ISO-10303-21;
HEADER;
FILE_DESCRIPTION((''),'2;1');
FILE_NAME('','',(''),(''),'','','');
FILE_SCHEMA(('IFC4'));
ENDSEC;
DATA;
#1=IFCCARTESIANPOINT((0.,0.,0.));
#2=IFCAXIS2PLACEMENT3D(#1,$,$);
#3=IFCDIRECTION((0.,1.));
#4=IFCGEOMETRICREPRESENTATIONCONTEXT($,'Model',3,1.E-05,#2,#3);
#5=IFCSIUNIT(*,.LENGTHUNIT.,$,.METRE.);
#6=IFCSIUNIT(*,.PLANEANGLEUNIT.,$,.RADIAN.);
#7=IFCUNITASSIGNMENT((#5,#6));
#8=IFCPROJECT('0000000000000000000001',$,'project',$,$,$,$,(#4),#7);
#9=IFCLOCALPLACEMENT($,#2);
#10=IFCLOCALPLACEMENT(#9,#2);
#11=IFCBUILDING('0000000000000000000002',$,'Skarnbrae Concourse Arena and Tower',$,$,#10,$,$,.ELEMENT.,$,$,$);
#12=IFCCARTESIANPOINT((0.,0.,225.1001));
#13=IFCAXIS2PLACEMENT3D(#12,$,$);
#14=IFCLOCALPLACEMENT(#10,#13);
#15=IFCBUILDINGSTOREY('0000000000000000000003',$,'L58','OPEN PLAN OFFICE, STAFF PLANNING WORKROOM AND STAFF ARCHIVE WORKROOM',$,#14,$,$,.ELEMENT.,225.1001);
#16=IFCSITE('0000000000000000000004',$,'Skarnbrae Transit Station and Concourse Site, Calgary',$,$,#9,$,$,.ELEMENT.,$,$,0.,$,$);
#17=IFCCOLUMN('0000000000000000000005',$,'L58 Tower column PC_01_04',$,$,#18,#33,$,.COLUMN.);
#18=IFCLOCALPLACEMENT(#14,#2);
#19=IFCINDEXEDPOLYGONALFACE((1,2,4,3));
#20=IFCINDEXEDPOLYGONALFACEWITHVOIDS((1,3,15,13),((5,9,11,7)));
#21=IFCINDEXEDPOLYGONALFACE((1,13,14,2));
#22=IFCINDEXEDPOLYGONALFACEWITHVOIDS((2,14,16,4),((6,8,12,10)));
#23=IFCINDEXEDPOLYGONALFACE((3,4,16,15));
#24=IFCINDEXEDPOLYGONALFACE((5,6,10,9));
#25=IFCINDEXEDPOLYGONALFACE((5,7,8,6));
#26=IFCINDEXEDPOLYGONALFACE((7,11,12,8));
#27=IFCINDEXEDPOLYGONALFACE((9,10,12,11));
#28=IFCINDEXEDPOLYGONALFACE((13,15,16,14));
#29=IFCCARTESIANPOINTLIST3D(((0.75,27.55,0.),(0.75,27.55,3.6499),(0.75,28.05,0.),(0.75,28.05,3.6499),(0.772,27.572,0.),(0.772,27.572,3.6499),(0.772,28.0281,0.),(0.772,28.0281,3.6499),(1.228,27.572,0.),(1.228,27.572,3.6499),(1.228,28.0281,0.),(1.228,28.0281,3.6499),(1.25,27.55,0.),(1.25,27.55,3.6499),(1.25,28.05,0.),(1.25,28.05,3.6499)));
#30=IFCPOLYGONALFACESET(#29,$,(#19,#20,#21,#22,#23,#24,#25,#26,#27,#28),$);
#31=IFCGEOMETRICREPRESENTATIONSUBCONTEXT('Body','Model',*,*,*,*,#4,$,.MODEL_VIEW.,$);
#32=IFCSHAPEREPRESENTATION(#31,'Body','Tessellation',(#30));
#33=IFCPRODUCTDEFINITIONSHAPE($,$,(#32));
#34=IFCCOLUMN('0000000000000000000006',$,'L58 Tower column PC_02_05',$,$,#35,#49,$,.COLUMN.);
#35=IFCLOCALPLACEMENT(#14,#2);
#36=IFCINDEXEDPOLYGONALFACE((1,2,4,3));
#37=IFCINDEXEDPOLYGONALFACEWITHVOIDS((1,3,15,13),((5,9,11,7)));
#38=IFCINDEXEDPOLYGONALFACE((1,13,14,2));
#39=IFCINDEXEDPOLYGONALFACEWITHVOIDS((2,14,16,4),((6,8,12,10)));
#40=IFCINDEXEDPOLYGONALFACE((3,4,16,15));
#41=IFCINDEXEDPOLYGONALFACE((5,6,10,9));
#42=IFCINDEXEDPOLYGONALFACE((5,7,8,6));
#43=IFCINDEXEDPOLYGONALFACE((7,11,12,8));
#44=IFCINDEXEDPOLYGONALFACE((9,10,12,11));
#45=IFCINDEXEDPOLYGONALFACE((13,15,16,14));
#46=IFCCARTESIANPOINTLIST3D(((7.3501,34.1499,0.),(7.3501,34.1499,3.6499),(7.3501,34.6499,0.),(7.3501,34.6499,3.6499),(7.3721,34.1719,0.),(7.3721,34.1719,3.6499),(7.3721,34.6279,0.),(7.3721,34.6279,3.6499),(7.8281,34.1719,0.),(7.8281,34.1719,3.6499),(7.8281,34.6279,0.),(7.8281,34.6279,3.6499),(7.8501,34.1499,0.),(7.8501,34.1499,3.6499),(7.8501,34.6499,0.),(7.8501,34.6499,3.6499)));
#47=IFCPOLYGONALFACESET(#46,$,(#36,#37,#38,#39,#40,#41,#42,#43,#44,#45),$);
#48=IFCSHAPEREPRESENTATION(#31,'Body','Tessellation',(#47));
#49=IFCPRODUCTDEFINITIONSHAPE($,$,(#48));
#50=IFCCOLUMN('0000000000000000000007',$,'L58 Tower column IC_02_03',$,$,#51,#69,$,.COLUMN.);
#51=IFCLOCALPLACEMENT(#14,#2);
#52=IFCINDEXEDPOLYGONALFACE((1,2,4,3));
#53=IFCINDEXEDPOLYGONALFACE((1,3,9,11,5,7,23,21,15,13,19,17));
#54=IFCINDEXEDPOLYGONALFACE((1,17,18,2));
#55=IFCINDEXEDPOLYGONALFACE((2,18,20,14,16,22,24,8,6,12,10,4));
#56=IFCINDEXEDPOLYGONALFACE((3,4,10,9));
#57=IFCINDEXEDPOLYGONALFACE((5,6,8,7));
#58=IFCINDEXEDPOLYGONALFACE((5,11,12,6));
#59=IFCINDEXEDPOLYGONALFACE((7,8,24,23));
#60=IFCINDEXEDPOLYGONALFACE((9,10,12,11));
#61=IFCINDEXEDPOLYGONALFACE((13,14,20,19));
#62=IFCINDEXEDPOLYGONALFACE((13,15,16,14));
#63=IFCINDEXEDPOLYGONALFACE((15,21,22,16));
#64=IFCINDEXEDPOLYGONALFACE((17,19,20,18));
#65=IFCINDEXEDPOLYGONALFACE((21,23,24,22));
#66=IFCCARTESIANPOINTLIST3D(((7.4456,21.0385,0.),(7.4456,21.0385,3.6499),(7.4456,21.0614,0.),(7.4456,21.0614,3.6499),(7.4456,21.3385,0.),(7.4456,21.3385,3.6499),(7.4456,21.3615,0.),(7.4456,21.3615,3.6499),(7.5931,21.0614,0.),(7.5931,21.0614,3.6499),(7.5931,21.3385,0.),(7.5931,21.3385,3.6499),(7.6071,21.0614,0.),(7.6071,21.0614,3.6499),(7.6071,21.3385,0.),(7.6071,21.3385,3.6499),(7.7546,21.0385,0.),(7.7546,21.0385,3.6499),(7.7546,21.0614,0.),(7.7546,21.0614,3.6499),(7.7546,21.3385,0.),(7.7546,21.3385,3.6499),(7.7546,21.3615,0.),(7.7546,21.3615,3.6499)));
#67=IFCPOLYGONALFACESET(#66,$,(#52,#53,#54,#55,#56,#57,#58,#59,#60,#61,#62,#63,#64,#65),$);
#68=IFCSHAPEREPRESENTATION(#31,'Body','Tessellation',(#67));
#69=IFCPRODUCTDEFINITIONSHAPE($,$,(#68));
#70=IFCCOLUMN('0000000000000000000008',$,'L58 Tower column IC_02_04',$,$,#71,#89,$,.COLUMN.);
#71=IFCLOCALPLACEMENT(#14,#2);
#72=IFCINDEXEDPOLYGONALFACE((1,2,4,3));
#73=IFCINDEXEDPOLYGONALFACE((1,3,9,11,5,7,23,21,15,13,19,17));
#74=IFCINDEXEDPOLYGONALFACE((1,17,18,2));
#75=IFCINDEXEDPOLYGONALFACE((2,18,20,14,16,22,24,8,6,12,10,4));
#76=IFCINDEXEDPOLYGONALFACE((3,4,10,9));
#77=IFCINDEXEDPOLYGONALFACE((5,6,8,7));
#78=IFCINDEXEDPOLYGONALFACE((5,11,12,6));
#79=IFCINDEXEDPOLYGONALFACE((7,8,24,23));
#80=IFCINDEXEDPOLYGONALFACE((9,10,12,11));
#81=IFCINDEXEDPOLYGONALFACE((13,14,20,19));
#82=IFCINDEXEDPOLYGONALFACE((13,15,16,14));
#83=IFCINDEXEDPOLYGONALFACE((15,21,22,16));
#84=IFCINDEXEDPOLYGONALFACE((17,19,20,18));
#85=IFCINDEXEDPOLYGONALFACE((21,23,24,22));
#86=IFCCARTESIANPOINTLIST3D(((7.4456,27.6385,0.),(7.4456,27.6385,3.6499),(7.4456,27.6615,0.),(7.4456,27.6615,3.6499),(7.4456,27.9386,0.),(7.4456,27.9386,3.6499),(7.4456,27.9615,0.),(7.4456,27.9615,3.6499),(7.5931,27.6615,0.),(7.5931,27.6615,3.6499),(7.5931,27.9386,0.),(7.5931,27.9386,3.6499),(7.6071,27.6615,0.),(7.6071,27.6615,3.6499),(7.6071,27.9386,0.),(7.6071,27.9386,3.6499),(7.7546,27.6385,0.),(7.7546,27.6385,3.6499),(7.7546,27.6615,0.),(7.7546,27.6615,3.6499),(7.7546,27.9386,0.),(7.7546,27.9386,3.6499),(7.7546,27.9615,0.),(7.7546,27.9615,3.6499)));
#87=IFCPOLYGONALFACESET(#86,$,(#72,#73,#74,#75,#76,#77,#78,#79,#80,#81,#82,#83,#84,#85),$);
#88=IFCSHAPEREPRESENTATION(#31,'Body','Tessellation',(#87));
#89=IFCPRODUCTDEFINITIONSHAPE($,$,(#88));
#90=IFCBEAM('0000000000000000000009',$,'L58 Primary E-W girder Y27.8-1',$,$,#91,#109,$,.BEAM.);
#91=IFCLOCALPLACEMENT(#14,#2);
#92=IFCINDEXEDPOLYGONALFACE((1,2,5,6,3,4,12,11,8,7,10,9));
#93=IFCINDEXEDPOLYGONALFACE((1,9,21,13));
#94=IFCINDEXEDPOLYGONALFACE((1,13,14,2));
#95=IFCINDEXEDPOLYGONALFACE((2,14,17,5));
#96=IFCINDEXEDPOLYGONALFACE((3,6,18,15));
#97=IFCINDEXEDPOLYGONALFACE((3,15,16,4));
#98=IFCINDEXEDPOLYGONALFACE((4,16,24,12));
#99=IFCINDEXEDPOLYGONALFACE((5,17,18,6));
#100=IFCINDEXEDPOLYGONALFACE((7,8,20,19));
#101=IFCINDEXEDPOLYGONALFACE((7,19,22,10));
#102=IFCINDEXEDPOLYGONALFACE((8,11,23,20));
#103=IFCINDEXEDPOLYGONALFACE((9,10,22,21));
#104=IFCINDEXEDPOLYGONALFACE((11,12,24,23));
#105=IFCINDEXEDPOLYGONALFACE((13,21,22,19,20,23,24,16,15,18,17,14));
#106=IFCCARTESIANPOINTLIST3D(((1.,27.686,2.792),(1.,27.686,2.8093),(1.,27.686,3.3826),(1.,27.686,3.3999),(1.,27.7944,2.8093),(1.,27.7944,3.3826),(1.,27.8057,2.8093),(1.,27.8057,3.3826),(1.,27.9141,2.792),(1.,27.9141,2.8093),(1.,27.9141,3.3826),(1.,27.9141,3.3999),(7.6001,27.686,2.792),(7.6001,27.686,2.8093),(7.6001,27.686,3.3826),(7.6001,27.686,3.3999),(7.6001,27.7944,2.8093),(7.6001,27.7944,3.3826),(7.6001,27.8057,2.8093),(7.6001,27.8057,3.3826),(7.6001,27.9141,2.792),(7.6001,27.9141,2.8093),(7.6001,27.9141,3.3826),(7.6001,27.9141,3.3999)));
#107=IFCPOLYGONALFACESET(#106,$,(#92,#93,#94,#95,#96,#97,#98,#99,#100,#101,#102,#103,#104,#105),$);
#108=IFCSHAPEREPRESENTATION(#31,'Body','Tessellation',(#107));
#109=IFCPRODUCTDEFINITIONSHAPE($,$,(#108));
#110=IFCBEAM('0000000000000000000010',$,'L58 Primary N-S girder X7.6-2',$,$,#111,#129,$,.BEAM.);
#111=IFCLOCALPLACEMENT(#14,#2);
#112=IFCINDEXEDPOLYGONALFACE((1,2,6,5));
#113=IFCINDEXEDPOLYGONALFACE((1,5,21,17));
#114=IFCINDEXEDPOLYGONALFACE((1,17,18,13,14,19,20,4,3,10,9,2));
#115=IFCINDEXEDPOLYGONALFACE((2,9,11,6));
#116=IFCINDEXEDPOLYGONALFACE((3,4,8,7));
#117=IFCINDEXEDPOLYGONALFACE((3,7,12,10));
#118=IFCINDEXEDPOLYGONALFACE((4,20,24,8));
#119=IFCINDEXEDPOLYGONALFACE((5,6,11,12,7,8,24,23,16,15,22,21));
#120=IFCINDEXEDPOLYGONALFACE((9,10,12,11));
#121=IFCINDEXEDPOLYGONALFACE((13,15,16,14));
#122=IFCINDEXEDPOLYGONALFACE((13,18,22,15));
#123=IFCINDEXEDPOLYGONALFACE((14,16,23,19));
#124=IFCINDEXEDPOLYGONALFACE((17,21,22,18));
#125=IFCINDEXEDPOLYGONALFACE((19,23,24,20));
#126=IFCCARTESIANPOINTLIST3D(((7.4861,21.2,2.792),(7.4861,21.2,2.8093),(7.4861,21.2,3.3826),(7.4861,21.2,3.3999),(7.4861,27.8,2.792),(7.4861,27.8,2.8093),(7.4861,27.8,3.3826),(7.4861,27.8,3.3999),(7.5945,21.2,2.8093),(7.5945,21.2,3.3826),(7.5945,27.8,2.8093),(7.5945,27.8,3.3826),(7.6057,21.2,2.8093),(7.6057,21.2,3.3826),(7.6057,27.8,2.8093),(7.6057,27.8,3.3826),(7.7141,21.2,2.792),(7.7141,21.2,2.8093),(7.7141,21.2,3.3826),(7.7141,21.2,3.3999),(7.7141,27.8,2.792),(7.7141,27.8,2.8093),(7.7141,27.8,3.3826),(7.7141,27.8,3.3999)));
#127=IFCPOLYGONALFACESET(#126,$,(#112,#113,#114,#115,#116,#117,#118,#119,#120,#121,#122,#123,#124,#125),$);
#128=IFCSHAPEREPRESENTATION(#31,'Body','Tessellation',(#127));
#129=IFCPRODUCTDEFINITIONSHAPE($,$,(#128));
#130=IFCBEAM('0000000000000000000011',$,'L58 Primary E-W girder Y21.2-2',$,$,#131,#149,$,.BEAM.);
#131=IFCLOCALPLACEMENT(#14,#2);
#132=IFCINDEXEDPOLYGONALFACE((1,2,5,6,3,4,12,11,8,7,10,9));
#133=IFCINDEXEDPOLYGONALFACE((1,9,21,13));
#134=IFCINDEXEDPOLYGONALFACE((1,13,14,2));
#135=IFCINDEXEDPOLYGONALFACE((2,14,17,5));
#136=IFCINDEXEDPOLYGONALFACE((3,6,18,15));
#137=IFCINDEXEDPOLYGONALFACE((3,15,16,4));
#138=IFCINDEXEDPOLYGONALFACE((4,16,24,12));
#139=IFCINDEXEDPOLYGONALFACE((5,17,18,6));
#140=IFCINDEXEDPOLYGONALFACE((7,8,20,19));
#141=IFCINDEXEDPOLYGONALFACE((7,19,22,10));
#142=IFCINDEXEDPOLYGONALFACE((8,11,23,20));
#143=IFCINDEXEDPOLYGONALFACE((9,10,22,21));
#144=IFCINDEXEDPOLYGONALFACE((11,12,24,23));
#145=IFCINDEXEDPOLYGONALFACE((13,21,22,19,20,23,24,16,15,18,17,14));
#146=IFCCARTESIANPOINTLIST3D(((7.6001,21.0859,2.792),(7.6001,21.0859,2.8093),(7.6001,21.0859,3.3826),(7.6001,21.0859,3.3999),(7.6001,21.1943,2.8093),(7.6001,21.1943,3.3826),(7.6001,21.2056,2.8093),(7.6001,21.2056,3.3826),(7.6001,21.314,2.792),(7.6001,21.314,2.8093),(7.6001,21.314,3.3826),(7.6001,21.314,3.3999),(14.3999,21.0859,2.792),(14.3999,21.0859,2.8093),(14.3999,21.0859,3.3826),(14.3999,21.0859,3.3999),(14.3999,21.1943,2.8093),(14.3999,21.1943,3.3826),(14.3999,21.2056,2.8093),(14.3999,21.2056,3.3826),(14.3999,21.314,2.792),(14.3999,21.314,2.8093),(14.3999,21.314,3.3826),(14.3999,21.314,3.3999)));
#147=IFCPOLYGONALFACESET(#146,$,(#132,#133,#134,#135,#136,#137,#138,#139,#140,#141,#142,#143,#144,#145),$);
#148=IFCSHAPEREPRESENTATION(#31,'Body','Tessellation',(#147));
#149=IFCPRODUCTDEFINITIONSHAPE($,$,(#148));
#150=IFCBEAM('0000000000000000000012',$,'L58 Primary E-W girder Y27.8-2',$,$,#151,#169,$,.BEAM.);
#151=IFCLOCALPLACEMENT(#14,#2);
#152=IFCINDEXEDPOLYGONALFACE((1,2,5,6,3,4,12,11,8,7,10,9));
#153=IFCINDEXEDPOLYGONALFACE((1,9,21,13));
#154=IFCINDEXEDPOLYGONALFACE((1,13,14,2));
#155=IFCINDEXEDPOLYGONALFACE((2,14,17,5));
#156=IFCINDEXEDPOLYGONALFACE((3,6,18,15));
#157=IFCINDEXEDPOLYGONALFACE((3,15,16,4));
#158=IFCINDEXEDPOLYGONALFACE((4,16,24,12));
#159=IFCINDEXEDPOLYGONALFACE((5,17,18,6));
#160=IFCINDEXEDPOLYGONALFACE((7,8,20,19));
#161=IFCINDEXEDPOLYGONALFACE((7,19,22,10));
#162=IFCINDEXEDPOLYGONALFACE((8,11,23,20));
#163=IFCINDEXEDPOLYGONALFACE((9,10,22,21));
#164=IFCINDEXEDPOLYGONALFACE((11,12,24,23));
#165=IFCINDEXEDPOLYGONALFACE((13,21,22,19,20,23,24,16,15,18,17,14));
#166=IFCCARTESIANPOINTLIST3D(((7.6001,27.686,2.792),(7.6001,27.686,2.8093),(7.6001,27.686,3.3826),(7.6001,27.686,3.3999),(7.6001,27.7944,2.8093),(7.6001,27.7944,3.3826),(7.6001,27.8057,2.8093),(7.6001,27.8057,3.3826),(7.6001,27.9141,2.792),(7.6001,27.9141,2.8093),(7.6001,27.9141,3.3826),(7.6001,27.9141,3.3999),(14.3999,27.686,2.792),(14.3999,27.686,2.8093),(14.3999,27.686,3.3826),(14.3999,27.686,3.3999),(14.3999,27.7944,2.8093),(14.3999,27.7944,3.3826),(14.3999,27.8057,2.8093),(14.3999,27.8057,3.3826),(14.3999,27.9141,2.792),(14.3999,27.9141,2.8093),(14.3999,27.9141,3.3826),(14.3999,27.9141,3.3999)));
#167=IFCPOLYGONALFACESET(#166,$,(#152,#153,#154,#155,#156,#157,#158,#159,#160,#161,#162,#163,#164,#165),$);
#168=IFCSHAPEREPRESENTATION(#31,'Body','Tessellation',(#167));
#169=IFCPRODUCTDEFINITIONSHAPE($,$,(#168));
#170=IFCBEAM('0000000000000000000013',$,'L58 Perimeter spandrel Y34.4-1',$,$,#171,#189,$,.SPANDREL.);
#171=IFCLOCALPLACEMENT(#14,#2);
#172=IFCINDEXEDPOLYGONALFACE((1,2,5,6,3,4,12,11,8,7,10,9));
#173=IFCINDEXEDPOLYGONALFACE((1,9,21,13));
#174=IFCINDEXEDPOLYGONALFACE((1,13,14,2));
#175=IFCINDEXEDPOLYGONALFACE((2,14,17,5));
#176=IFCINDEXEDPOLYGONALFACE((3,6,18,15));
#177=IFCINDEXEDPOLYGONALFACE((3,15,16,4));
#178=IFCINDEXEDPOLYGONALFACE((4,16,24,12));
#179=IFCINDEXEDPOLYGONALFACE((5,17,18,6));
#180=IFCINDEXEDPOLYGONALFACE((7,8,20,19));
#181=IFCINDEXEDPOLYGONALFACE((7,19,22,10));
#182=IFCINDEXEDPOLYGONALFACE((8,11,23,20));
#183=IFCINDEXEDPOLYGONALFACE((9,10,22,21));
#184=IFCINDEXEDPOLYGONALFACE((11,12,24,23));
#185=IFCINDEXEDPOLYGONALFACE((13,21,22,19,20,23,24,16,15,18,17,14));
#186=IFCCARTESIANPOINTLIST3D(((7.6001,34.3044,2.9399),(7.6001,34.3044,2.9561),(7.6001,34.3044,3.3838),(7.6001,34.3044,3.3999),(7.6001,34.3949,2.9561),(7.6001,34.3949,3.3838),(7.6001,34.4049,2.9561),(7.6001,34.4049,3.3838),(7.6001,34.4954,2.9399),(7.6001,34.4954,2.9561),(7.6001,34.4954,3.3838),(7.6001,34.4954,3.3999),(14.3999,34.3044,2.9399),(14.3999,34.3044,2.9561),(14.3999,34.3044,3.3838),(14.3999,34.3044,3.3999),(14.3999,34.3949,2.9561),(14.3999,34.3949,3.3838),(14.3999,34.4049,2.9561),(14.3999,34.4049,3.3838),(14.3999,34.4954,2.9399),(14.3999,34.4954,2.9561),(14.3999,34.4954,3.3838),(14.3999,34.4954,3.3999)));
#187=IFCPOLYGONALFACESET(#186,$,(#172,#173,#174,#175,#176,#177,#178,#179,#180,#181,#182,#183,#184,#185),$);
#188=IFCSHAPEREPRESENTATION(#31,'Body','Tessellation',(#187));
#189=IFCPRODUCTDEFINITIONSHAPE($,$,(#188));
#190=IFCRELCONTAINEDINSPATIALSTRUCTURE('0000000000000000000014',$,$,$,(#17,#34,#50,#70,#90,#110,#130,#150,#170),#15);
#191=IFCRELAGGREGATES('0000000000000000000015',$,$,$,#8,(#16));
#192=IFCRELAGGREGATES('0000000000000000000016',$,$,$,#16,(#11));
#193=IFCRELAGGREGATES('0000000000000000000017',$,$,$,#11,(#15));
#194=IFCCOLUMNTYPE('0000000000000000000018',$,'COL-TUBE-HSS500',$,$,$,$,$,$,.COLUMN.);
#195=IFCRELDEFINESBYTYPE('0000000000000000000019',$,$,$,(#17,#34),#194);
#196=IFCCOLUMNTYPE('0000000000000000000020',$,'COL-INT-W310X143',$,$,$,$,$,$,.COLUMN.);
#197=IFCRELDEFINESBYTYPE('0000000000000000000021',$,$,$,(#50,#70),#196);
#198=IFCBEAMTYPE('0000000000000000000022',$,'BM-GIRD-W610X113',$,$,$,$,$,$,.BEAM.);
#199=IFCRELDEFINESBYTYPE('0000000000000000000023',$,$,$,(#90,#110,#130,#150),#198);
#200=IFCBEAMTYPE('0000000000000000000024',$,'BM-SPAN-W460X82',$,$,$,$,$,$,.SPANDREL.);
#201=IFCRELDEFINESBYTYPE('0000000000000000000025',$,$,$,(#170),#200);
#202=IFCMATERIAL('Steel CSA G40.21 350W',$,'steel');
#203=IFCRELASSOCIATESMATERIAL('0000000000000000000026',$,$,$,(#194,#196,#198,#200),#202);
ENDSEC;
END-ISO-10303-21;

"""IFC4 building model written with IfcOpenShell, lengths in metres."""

from ifc_helpers import new_model, si_unit, direction, frame, origin, origin_2d, place, context, subcontext, project, spatial, hollow_rectangle, i_section, extrude, source, transform, mapped, material, material_profile, profile_set, type_object, element, save


model = new_model("IFC4")

# Units and contexts
model_context = context("Model", 3, precision=1e-05, world=origin(), true_north=direction((0.0, 1.0)))
body_context = subcontext(model_context, "Body", "Model", "MODEL_VIEW")
ifc_project = project(units=[si_unit("LENGTHUNIT", "METRE"), si_unit("PLANEANGLEUNIT", "RADIAN")], contexts=[model_context])

# Site, building, storey
site_placement = place(None, origin())
site = spatial("IfcSite", under=ifc_project, at=site_placement, Name="Skarnbrae Transit Station and Concourse Site, Calgary", CompositionType="ELEMENT", RefElevation=0.0)
building_placement = place(site_placement, origin())
building = spatial("IfcBuilding", under=site, at=building_placement, Name="Skarnbrae Concourse Arena and Tower", CompositionType="ELEMENT")
storey_placement = place(building_placement, frame((0.0, 0.0, 225.1001)))
storey = spatial("IfcBuildingStorey", under=building, at=storey_placement, Name="L58", Description="OPEN PLAN OFFICE, STAFF PLANNING WORKROOM AND STAFF ARCHIVE WORKROOM", CompositionType="ELEMENT", Elevation=225.1001)

# Columns
ifc_material_1 = material(Name="Steel CSA G40.21 350W", Category="steel")
ifc_material_profile_1 = material_profile(ifc_material_1, hollow_rectangle(XDim=0.5, YDim=0.5, WallThickness=0.022, at=origin_2d()), Name="HSS500X500X22.0")
ifc_profile_set_1 = profile_set([ifc_material_profile_1], Name="Steel CSA G40.21 350W")
column_type_1 = type_object("IfcColumnType", Name="COL-TUBE-HSS500", PredefinedType="COLUMN", material=ifc_profile_set_1)
shared_shape_1 = source(origin(), body_context, "Body", "SweptSolid", [
    extrude(hollow_rectangle(XDim=0.5, YDim=0.5, WallThickness=0.022, at=origin_2d()), origin(), (0.0, 0.0, 1.0), 3.6499),
])
for number, where, z_axis, x_axis, name in (
    (1, (1.0, 27.8, 0.0), (0.0, 0.0, 1.0), (1.0, 0.0, 0.0), "L58 Tower column PC_01_04"),
    (2, (7.6001, 34.3999, 0.0), (0.0, 0.0, 1.0), (1.0, 0.0, 0.0), "L58 Tower column PC_02_05"),
):
    element("IfcColumn", number, at=place(storey_placement, frame(where, z_axis=z_axis, x_axis=x_axis)), inside=storey, type_object=column_type_1, Name=name, PredefinedType="COLUMN", context=body_context, shape_type="MappedRepresentation", body=[
        mapped(shared_shape_1, transform((0.0, 0.0, 0.0))),
    ])
ifc_material_profile_2 = material_profile(ifc_material_1, i_section(OverallWidth=0.3091, OverallDepth=0.323, WebThickness=0.0139, FlangeThickness=0.0229, at=origin_2d()), Name="W310X143")
ifc_profile_set_2 = profile_set([ifc_material_profile_2], Name="Steel CSA G40.21 350W")
column_type_2 = type_object("IfcColumnType", Name="COL-INT-W310X143", PredefinedType="COLUMN", material=ifc_profile_set_2)
shared_shape_2 = source(origin(), body_context, "Body", "SweptSolid", [
    extrude(i_section(OverallWidth=0.3091, OverallDepth=0.323, WebThickness=0.0139, FlangeThickness=0.0229, at=origin_2d()), origin(), (0.0, 0.0, 1.0), 3.6499),
])
for number, where, z_axis, x_axis, name in (
    (3, (7.6001, 21.2, 0.0), (0.0, 0.0, 1.0), (1.0, 0.0, 0.0), "L58 Tower column IC_02_03"),
    (4, (7.6001, 27.8, 0.0), (0.0, 0.0, 1.0), (1.0, 0.0, 0.0), "L58 Tower column IC_02_04"),
):
    element("IfcColumn", number, at=place(storey_placement, frame(where, z_axis=z_axis, x_axis=x_axis)), inside=storey, type_object=column_type_2, Name=name, PredefinedType="COLUMN", context=body_context, shape_type="MappedRepresentation", body=[
        mapped(shared_shape_2, transform((0.0, 0.0, 0.0))),
    ])

# Beams
ifc_material_profile_3 = material_profile(ifc_material_1, i_section(OverallWidth=0.228, OverallDepth=0.6079, WebThickness=0.0112, FlangeThickness=0.0173, at=origin_2d()), Name="W610X113")
ifc_profile_set_3 = profile_set([ifc_material_profile_3], Name="Steel CSA G40.21 350W")
beam_type_1 = type_object("IfcBeamType", Name="BM-GIRD-W610X113", PredefinedType="BEAM", material=ifc_profile_set_3)
shared_shape_3 = source(origin(), body_context, "Body", "SweptSolid", [
    extrude(i_section(OverallWidth=0.228, OverallDepth=0.6079, WebThickness=0.0112, FlangeThickness=0.0173, at=origin_2d()), origin(), (0.0, 0.0, 1.0), 6.6001),
])
for number, where, z_axis, x_axis, name in (
    (5, (1.0, 27.8, 3.0959), (1.0, 0.0, 0.0), (0.0, 1.0, 0.0), "L58 Primary E-W girder Y27.8-1"),
    (6, (7.6001, 21.2, 3.0959), (0.0, 1.0, 0.0), (-1.0, 0.0, 0.0), "L58 Primary N-S girder X7.6-2"),
):
    element("IfcBeam", number, at=place(storey_placement, frame(where, z_axis=z_axis, x_axis=x_axis)), inside=storey, type_object=beam_type_1, Name=name, PredefinedType="BEAM", context=body_context, shape_type="MappedRepresentation", body=[
        mapped(shared_shape_3, transform((0.0, 0.0, 0.0))),
    ])
shared_shape_4 = source(origin(), body_context, "Body", "SweptSolid", [
    extrude(i_section(OverallWidth=0.228, OverallDepth=0.6079, WebThickness=0.0112, FlangeThickness=0.0173, at=origin_2d()), origin(), (0.0, 0.0, 1.0), 6.7998),
])
for number, where, z_axis, x_axis, name in (
    (7, (7.6001, 21.2, 3.0959), (1.0, 0.0, 0.0), (0.0, 1.0, 0.0), "L58 Primary E-W girder Y21.2-2"),
    (8, (7.6001, 27.8, 3.0959), (1.0, 0.0, 0.0), (0.0, 1.0, 0.0), "L58 Primary E-W girder Y27.8-2"),
):
    element("IfcBeam", number, at=place(storey_placement, frame(where, z_axis=z_axis, x_axis=x_axis)), inside=storey, type_object=beam_type_1, Name=name, PredefinedType="BEAM", context=body_context, shape_type="MappedRepresentation", body=[
        mapped(shared_shape_4, transform((0.0, 0.0, 0.0))),
    ])
ifc_material_profile_4 = material_profile(ifc_material_1, i_section(OverallWidth=0.1909, OverallDepth=0.46, WebThickness=0.01, FlangeThickness=0.0161, at=origin_2d()), Name="W460X82")
ifc_profile_set_4 = profile_set([ifc_material_profile_4], Name="Steel CSA G40.21 350W")
beam_type_2 = type_object("IfcBeamType", Name="BM-SPAN-W460X82", PredefinedType="SPANDREL", material=ifc_profile_set_4)
shared_shape_5 = source(origin(), body_context, "Body", "SweptSolid", [
    extrude(i_section(OverallWidth=0.1909, OverallDepth=0.46, WebThickness=0.01, FlangeThickness=0.0161, at=origin_2d()), origin(), (0.0, 0.0, 1.0), 6.7998),
])
beam_1_placement = place(storey_placement, frame((7.6001, 34.3999, 3.1699), z_axis=(1.0, 0.0, 0.0), x_axis=(0.0, 1.0, 0.0)))
element("IfcBeam", 9, at=beam_1_placement, inside=storey, type_object=beam_type_2, Name="L58 Perimeter spandrel Y34.4-1", PredefinedType="SPANDREL", context=body_context, shape_type="MappedRepresentation", body=[
    mapped(shared_shape_5, transform((0.0, 0.0, 0.0))),
])

save(model, "model.ifc")
